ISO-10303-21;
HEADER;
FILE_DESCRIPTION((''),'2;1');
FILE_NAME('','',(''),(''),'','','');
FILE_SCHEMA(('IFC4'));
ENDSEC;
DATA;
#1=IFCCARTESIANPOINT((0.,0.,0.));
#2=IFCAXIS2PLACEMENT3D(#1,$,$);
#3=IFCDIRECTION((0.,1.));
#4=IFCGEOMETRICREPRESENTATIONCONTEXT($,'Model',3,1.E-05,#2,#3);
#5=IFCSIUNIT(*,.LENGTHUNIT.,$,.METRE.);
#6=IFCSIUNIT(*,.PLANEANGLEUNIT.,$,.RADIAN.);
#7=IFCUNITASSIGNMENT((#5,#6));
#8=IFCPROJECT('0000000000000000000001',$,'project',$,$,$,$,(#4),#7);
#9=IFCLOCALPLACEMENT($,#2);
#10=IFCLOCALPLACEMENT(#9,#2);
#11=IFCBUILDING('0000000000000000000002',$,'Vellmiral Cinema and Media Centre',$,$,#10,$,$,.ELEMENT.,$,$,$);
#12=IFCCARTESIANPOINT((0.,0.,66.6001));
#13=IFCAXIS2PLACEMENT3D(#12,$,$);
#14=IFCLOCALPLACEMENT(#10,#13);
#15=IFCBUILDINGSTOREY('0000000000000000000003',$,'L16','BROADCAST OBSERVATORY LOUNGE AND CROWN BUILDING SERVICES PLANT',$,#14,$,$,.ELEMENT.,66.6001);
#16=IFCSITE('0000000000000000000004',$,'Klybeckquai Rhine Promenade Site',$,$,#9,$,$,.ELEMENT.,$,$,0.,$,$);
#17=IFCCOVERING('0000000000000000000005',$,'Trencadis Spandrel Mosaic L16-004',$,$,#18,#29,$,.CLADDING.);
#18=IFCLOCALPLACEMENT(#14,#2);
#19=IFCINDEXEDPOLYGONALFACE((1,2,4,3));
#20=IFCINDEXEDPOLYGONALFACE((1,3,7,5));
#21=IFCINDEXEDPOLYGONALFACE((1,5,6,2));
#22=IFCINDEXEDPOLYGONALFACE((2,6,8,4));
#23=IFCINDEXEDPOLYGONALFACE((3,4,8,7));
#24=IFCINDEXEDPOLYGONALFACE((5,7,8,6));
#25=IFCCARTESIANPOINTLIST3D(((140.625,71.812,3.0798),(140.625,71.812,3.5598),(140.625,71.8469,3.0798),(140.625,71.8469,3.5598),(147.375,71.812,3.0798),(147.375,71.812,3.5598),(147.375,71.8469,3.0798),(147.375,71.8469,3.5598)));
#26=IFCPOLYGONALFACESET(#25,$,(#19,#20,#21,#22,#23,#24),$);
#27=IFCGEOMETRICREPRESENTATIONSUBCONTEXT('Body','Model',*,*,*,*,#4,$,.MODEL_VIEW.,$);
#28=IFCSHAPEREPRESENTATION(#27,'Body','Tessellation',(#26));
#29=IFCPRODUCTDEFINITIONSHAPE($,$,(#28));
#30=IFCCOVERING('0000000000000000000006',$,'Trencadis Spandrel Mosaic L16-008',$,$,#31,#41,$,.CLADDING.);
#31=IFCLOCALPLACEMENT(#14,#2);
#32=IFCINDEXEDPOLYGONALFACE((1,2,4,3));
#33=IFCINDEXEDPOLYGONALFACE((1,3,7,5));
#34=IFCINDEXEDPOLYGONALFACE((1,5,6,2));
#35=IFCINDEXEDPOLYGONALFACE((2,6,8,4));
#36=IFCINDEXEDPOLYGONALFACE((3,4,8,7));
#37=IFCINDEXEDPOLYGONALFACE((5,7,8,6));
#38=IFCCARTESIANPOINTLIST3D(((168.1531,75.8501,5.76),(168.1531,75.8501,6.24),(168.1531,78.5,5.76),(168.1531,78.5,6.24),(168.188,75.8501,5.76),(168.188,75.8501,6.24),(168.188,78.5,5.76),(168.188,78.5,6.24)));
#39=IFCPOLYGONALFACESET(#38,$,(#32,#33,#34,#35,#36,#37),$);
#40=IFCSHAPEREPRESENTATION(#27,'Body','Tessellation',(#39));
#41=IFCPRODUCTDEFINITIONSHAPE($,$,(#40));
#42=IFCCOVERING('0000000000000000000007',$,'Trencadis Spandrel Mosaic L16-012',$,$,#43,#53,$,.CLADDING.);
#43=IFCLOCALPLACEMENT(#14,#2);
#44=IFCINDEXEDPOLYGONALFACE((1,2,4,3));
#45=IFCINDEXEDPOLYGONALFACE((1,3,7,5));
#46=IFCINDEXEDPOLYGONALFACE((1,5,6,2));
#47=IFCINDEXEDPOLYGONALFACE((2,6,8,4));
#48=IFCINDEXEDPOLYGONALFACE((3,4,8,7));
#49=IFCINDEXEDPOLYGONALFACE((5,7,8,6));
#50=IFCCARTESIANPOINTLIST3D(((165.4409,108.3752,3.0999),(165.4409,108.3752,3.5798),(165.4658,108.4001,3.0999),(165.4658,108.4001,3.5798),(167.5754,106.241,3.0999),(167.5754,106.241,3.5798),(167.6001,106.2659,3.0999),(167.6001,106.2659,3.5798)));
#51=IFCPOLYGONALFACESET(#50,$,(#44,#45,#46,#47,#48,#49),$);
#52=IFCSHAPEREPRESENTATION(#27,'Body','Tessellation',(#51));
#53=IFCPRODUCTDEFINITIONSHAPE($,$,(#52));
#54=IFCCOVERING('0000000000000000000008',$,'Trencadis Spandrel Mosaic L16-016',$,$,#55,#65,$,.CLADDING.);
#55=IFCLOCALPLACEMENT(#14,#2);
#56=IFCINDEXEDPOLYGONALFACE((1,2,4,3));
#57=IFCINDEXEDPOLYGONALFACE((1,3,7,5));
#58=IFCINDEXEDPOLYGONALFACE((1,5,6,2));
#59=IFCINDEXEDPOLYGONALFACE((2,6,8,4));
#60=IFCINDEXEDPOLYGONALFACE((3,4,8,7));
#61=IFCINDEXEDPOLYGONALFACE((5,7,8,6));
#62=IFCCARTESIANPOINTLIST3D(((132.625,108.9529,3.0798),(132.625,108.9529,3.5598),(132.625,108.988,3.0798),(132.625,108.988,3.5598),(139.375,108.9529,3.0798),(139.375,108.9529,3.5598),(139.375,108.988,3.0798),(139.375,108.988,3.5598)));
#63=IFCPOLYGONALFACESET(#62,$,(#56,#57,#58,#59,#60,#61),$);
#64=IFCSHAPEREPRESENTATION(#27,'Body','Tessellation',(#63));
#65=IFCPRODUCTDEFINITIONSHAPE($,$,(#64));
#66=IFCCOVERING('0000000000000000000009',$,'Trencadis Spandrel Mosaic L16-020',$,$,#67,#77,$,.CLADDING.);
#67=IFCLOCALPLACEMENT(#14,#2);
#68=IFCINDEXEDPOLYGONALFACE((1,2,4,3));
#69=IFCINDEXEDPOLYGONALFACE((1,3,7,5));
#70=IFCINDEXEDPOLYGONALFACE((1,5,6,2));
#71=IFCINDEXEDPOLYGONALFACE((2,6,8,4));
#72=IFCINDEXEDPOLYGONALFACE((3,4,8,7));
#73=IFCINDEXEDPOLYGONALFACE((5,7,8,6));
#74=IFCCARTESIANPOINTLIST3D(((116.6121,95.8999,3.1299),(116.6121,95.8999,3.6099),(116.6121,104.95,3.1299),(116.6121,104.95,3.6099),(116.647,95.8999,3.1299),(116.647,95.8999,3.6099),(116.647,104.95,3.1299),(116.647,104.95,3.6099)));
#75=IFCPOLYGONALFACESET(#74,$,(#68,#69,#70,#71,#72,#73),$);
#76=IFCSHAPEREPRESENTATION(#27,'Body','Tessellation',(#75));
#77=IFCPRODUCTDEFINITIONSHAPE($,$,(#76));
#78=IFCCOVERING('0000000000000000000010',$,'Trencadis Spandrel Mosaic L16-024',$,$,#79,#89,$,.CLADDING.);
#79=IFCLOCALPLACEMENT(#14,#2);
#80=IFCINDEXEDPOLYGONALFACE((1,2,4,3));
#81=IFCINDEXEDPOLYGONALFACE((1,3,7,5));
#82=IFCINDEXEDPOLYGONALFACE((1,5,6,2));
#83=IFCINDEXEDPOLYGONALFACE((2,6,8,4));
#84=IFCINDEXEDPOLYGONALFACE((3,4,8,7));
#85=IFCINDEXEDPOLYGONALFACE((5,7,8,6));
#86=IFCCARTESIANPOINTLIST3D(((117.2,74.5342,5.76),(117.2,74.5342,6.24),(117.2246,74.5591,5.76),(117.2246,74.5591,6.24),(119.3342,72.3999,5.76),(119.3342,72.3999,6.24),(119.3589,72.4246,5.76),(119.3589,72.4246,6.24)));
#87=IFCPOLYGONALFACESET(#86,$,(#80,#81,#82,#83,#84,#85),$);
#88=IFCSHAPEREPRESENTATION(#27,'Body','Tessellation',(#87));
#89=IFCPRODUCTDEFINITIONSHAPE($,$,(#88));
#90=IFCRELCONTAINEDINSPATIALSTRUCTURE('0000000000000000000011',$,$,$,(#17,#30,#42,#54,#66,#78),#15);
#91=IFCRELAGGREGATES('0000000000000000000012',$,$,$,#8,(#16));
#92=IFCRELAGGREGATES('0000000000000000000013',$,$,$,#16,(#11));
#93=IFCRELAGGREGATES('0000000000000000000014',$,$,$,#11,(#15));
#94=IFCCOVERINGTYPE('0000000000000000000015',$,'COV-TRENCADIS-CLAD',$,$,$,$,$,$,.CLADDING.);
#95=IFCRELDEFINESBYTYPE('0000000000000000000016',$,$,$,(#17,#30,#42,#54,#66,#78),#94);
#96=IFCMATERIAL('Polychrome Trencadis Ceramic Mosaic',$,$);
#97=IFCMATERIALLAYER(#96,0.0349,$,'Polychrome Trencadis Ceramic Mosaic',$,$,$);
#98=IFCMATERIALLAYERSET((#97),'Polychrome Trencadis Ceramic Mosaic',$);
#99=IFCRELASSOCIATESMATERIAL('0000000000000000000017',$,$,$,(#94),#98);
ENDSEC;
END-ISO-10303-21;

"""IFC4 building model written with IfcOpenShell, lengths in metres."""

from ifc_helpers import new_model, si_unit, direction, frame, origin, place, context, subcontext, project, spatial, polyline, outline, extrude, material, layer, layer_set, type_object, element, save


model = new_model("IFC4")

# Units and contexts
model_context = context("Model", 3, precision=1e-05, world=origin(), true_north=direction((0.0, 1.0)))
body_context = subcontext(model_context, "Body", "Model", "MODEL_VIEW")
ifc_project = project(units=[si_unit("LENGTHUNIT", "METRE"), si_unit("PLANEANGLEUNIT", "RADIAN")], contexts=[model_context])

# Site, building, storey
site_placement = place(None, origin())
site = spatial("IfcSite", under=ifc_project, at=site_placement, Name="Klybeckquai Rhine Promenade Site", CompositionType="ELEMENT", RefElevation=0.0)
building_placement = place(site_placement, origin())
building = spatial("IfcBuilding", under=site, at=building_placement, Name="Vellmiral Cinema and Media Centre", CompositionType="ELEMENT")
storey_placement = place(building_placement, frame((0.0, 0.0, 66.6001)))
storey = spatial("IfcBuildingStorey", under=building, at=storey_placement, Name="L16", Description="BROADCAST OBSERVATORY LOUNGE AND CROWN BUILDING SERVICES PLANT", CompositionType="ELEMENT", Elevation=66.6001)

# Coverings
ifc_material_1 = material(Name="Polychrome Trencadis Ceramic Mosaic")
ifc_layer_1 = layer(ifc_material_1, 0.0349, Name="Polychrome Trencadis Ceramic Mosaic")
ifc_layer_set_1 = layer_set([ifc_layer_1], Name="Polychrome Trencadis Ceramic Mosaic")
covering_type_1 = type_object("IfcCoveringType", Name="COV-TRENCADIS-CLAD", PredefinedType="CLADDING", material=ifc_layer_set_1)
covering_1_placement = place(storey_placement, frame((0.0, 0.0, 3.0798)))
element("IfcCovering", 1, at=covering_1_placement, inside=storey, type_object=covering_type_1, Name="Trencadis Spandrel Mosaic L16-004", PredefinedType="CLADDING", context=body_context, shape_type="SweptSolid", body=[
    extrude(outline(polyline([(140.625, 71.812), (147.375, 71.812), (147.375, 71.8469), (140.625, 71.8469), (140.625, 71.812)])), origin(), (0.0, 0.0, 1.0), 0.48),
])
covering_2_placement = place(storey_placement, frame((0.0, 0.0, 5.76)))
element("IfcCovering", 2, at=covering_2_placement, inside=storey, type_object=covering_type_1, Name="Trencadis Spandrel Mosaic L16-008", PredefinedType="CLADDING", context=body_context, shape_type="SweptSolid", body=[
    extrude(outline(polyline([(168.188, 75.8501), (168.188, 78.5), (168.1531, 78.5), (168.1531, 75.8501), (168.188, 75.8501)])), origin(), (0.0, 0.0, 1.0), 0.48),
])
covering_3_placement = place(storey_placement, frame((0.0, 0.0, 3.0999)))
element("IfcCovering", 3, at=covering_3_placement, inside=storey, type_object=covering_type_1, Name="Trencadis Spandrel Mosaic L16-012", PredefinedType="CLADDING", context=body_context, shape_type="SweptSolid", body=[
    extrude(outline(polyline([(167.6001, 106.2659), (165.4658, 108.4001), (165.4409, 108.3752), (167.5754, 106.241), (167.6001, 106.2659)])), origin(), (0.0, 0.0, 1.0), 0.48),
])
covering_4_placement = place(storey_placement, frame((0.0, 0.0, 3.0798)))
element("IfcCovering", 4, at=covering_4_placement, inside=storey, type_object=covering_type_1, Name="Trencadis Spandrel Mosaic L16-016", PredefinedType="CLADDING", context=body_context, shape_type="SweptSolid", body=[
    extrude(outline(polyline([(139.375, 108.988), (132.625, 108.988), (132.625, 108.9529), (139.375, 108.9529), (139.375, 108.988)])), origin(), (0.0, 0.0, 1.0), 0.48),
])
covering_5_placement = place(storey_placement, frame((0.0, 0.0, 3.1299)))
element("IfcCovering", 5, at=covering_5_placement, inside=storey, type_object=covering_type_1, Name="Trencadis Spandrel Mosaic L16-020", PredefinedType="CLADDING", context=body_context, shape_type="SweptSolid", body=[
    extrude(outline(polyline([(116.6121, 104.95), (116.6121, 95.8999), (116.647, 95.8999), (116.647, 104.95), (116.6121, 104.95)])), origin(), (0.0, 0.0, 1.0), 0.48),
])
covering_6_placement = place(storey_placement, frame((0.0, 0.0, 5.76)))
element("IfcCovering", 6, at=covering_6_placement, inside=storey, type_object=covering_type_1, Name="Trencadis Spandrel Mosaic L16-024", PredefinedType="CLADDING", context=body_context, shape_type="SweptSolid", body=[
    extrude(outline(polyline([(117.2, 74.5342), (119.3342, 72.3999), (119.3589, 72.4246), (117.2246, 74.5591), (117.2, 74.5342)])), origin(), (0.0, 0.0, 1.0), 0.48),
])

save(model, "model.ifc")
